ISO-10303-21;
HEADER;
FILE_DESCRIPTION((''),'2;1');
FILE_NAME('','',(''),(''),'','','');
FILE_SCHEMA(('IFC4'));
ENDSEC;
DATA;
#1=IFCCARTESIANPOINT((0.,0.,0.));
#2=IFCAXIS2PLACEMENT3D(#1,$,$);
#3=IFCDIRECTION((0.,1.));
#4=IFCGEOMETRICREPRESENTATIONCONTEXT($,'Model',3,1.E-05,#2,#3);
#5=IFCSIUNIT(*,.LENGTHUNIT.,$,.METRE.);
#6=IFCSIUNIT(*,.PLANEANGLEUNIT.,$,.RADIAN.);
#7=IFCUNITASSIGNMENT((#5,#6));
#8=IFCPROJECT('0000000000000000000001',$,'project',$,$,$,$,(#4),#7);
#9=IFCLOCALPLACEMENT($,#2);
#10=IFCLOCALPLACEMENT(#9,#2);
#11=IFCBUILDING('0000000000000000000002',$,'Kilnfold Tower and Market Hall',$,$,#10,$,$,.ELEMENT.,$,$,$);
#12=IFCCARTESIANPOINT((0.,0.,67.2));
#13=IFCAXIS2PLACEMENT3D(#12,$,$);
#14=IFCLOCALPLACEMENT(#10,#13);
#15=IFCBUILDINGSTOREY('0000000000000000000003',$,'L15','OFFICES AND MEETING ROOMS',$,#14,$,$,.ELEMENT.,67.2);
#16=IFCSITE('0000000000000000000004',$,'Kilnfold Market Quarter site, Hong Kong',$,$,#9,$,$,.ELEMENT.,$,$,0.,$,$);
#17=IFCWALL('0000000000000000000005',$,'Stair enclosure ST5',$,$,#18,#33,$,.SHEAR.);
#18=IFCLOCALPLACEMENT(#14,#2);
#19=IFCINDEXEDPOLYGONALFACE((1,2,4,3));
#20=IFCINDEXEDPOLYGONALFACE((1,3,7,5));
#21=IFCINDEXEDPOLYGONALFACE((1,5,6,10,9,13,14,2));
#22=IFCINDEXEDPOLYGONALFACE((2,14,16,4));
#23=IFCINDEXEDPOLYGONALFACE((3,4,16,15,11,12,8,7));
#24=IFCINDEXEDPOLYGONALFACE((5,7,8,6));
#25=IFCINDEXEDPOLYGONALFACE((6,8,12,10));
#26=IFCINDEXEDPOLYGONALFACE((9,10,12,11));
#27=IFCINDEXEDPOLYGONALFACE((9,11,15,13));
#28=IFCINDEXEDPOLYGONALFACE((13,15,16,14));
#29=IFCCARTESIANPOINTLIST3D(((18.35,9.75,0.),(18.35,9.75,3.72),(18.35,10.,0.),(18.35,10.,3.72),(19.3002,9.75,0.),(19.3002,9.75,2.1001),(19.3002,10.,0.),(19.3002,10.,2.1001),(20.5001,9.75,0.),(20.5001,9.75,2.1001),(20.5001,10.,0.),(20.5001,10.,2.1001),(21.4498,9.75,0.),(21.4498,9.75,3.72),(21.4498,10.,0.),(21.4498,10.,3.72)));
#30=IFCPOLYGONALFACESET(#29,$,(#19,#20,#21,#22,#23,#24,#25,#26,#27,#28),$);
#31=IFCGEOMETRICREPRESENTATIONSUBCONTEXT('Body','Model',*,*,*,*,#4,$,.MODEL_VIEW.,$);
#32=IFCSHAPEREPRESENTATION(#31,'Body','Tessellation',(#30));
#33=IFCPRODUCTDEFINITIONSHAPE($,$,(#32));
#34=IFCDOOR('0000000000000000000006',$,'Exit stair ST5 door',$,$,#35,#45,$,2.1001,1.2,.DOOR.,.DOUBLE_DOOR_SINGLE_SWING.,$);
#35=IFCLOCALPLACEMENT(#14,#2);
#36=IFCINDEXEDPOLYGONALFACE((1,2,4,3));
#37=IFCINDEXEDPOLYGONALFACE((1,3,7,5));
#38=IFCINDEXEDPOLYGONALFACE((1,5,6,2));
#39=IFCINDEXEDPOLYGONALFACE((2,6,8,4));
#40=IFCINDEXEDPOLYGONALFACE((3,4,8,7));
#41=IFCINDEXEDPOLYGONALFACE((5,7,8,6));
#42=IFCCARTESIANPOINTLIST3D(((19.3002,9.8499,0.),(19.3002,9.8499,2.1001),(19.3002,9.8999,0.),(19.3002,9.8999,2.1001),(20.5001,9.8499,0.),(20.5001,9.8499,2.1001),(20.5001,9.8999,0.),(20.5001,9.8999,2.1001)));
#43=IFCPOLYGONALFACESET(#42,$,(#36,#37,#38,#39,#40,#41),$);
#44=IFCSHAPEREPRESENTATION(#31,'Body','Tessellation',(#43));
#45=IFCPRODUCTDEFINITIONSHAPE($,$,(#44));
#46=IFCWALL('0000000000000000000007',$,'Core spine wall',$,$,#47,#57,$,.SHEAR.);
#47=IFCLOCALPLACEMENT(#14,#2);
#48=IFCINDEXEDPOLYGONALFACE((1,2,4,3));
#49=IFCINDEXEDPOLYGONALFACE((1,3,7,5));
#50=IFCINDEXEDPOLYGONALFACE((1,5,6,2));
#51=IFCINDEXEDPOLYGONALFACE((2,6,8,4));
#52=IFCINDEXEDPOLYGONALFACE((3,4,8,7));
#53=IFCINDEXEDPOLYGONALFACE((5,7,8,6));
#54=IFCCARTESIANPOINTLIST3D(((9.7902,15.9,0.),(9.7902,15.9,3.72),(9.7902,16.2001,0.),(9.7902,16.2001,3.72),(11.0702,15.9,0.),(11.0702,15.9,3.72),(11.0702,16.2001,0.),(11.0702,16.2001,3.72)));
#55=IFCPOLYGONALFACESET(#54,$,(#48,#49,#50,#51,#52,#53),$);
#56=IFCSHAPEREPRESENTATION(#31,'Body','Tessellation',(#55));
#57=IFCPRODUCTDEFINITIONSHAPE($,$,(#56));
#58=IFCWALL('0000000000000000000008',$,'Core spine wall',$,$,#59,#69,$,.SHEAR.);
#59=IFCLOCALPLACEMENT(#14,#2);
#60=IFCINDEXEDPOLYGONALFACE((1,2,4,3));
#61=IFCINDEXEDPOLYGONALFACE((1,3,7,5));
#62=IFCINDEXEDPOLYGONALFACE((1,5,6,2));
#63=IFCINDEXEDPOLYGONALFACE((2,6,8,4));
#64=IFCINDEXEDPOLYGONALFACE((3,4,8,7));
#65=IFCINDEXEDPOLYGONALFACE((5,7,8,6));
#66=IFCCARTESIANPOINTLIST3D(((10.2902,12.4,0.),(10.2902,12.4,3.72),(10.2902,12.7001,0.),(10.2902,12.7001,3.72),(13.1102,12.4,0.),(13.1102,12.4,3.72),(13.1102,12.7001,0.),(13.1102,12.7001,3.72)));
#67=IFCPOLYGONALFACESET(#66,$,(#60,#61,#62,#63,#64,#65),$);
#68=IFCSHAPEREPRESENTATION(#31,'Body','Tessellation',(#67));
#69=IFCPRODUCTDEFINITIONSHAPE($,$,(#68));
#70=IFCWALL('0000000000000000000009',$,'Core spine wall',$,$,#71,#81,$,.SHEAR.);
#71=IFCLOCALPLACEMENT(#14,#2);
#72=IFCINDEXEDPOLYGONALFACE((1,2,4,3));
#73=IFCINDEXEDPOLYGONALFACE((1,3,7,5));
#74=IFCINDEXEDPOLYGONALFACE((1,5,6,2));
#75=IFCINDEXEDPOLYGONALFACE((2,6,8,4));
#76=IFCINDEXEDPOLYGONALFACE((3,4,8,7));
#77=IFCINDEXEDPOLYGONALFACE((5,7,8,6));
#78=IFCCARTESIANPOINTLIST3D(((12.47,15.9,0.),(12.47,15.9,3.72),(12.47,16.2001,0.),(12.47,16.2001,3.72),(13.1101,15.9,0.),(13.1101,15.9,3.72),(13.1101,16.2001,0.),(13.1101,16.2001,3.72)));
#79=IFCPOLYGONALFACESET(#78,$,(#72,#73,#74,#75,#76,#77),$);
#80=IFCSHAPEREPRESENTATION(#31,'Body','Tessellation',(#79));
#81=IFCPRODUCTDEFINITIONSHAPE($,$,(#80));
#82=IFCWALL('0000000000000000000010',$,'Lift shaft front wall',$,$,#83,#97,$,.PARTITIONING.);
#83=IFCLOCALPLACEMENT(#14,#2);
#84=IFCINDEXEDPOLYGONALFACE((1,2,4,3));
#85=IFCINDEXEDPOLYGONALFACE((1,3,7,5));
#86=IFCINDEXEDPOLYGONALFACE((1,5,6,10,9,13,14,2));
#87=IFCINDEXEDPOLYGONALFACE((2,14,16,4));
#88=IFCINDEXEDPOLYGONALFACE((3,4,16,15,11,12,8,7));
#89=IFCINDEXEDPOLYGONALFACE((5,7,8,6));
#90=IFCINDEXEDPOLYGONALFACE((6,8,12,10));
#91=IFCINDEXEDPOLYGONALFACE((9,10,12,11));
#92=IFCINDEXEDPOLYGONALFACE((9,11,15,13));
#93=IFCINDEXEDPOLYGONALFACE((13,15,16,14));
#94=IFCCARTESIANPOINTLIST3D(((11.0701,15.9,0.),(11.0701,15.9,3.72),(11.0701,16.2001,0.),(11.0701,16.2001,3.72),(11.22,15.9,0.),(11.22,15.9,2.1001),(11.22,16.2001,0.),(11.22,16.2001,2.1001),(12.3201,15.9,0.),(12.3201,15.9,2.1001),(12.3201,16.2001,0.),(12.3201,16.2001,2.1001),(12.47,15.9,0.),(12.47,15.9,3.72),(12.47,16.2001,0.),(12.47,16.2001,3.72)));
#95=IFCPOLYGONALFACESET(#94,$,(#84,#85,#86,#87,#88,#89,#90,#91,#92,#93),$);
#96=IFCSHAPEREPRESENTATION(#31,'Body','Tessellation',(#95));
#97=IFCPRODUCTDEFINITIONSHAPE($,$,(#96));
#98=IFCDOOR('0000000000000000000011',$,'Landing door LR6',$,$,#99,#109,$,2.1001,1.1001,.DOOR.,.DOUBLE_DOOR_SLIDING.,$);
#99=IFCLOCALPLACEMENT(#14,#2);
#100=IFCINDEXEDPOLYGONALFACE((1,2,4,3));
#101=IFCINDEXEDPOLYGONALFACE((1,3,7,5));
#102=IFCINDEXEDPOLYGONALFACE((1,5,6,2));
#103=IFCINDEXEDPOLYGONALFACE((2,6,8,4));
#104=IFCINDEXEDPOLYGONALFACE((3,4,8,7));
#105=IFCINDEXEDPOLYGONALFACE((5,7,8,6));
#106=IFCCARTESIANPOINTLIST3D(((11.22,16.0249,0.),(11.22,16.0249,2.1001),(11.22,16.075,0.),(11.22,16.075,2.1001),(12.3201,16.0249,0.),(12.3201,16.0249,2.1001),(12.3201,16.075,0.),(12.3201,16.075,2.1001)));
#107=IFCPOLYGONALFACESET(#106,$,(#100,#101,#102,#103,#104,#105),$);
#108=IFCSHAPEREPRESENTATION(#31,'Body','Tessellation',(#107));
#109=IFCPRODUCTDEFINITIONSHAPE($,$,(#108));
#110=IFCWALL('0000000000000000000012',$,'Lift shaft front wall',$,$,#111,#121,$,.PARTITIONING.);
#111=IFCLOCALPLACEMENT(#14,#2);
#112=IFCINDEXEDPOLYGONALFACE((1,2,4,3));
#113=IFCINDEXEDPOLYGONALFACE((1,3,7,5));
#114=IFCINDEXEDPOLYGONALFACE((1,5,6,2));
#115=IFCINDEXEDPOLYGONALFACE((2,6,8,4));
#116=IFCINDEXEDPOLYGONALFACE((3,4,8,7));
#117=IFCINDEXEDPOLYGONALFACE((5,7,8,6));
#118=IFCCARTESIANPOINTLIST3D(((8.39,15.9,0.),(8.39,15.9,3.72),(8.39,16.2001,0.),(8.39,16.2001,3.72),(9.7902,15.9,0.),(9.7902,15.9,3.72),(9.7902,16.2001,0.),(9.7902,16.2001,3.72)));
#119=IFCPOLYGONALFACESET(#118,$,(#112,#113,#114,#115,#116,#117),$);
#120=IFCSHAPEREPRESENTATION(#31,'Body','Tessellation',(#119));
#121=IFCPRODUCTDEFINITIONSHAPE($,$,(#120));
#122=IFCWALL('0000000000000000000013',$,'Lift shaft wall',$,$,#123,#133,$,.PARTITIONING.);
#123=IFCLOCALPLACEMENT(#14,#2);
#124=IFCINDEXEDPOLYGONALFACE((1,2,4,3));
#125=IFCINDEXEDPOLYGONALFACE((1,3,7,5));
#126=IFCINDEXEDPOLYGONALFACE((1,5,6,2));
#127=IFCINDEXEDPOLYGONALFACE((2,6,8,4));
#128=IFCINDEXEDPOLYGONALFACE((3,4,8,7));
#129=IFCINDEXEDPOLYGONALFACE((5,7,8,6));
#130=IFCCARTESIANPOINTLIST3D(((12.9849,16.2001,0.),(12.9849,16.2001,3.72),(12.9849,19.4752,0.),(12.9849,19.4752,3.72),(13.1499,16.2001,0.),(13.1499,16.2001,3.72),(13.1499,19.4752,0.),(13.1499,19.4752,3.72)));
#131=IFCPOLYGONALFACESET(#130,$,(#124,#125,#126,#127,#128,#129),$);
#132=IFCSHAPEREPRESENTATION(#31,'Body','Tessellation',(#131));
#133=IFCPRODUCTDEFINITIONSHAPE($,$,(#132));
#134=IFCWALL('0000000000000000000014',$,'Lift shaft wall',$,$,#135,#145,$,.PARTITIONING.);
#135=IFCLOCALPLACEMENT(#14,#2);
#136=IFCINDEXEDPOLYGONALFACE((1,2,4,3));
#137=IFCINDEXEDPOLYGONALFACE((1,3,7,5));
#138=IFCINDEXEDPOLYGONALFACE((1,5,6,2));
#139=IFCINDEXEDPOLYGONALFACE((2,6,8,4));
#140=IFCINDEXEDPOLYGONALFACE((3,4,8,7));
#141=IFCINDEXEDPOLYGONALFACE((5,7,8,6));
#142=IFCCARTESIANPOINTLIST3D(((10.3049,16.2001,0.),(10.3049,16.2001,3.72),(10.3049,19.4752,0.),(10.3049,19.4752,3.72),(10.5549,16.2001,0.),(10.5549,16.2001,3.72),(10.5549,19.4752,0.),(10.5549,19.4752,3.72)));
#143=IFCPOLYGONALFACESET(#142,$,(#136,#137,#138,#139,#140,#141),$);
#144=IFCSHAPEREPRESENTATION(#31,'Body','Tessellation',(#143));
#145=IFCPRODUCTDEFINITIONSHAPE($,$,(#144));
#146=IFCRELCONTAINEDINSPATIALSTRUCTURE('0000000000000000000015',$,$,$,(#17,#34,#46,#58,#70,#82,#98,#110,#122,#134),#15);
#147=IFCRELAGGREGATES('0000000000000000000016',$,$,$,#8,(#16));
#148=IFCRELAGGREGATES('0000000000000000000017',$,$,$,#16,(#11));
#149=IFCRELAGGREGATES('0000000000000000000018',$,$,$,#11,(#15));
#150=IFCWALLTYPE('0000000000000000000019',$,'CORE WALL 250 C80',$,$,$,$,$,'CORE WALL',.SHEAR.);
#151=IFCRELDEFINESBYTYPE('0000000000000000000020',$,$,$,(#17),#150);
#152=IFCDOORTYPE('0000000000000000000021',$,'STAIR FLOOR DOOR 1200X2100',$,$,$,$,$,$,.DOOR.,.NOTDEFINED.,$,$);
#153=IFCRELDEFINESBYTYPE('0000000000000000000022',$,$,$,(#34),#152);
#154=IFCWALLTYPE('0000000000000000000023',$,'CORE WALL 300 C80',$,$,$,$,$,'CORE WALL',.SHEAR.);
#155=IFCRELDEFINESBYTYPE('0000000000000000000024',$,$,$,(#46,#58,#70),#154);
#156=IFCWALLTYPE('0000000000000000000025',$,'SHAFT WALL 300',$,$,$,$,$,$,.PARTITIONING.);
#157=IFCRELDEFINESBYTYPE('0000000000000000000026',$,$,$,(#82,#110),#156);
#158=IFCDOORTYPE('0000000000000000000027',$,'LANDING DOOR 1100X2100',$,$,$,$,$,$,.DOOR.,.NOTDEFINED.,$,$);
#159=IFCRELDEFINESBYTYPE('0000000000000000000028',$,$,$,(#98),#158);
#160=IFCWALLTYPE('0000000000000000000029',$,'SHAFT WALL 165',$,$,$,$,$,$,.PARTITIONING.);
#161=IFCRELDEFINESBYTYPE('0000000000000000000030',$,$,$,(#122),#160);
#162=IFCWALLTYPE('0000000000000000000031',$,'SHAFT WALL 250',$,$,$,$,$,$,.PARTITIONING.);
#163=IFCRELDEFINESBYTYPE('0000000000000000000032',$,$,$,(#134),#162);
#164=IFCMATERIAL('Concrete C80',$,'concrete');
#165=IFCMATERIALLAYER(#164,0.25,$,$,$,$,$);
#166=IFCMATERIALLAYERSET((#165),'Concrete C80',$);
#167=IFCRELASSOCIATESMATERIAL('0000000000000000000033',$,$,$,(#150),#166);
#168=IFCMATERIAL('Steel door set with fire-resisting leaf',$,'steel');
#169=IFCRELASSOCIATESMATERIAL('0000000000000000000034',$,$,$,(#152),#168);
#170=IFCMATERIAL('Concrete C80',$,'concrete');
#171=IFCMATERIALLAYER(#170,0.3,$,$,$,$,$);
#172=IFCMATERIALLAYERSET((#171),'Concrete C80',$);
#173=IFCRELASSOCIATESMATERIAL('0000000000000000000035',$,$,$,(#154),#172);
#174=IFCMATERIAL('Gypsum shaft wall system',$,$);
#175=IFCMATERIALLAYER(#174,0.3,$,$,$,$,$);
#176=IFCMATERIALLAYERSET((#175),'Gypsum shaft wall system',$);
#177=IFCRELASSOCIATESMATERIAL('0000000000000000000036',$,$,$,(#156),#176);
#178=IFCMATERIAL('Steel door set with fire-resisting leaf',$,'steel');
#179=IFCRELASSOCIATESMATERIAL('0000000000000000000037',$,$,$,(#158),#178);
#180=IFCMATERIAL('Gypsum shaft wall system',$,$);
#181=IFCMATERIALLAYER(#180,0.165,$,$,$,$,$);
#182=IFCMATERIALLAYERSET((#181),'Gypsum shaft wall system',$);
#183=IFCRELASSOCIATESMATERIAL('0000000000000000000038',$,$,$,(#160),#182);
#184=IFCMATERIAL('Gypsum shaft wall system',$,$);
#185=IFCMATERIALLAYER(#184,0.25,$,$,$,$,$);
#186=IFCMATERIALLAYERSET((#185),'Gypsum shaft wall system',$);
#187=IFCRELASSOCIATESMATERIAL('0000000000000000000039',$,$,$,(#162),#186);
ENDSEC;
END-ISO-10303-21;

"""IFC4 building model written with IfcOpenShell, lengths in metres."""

from ifc_helpers import new_model, si_unit, direction, frame, frame_2d, origin, place, context, subcontext, project, spatial, rectangle, extrude, source, transform, mapped, material, layer, layer_set, type_object, element, fill, save


model = new_model("IFC4")

# Units and contexts
model_context = context("Model", 3, precision=1e-05, world=origin(), true_north=direction((0.0, 1.0)))
body_context = subcontext(model_context, "Body", "Model", "MODEL_VIEW")
ifc_project = project(units=[si_unit("LENGTHUNIT", "METRE"), si_unit("PLANEANGLEUNIT", "RADIAN")], contexts=[model_context])

# Site, building, storey
site_placement = place(None, origin())
site = spatial("IfcSite", under=ifc_project, at=site_placement, Name="Kilnfold Market Quarter site, Hong Kong", CompositionType="ELEMENT", RefElevation=0.0)
building_placement = place(site_placement, origin())
building = spatial("IfcBuilding", under=site, at=building_placement, Name="Kilnfold Tower and Market Hall", CompositionType="ELEMENT")
storey_placement = place(building_placement, frame((0.0, 0.0, 67.2)))
storey = spatial("IfcBuildingStorey", under=building, at=storey_placement, Name="L15", Description="OFFICES AND MEETING ROOMS", CompositionType="ELEMENT", Elevation=67.2)

# Wall, opening, door
ifc_material_1 = material(Name="Concrete C80", Category="concrete")
ifc_layer_1 = layer(ifc_material_1, 0.25)
ifc_layer_set_1 = layer_set([ifc_layer_1], Name="Concrete C80")
wall_type_1 = type_object("IfcWallType", Name="CORE WALL 250 C80", ElementType="CORE WALL", PredefinedType="SHEAR", material=ifc_layer_set_1)
shared_shape_1 = source(origin(), body_context, "Body", "SweptSolid", [
    extrude(rectangle(XDim=3.0999, YDim=0.25, at=frame_2d((1.5498, 0.0))), origin(), (0.0, 0.0, 1.0), 3.72),
])
wall_1_placement = place(storey_placement, frame((18.3501, 9.875, 0.0), z_axis=(0.0, 0.0, 1.0), x_axis=(1.0, 0.0, 0.0)))
wall_1 = element("IfcWall", 1, at=wall_1_placement, inside=storey, type_object=wall_type_1, Name="Stair enclosure ST5", PredefinedType="SHEAR", context=body_context, shape_type="MappedRepresentation", body=[
    mapped(shared_shape_1, transform((0.0, 0.0, 0.0))),
])
opening_1_placement = place(wall_1_placement, frame((0.95, 0.0, 0.0)))
opening_1 = element("IfcOpeningElement", 2, at=opening_1_placement, cuts=wall_1, PredefinedType="OPENING", context=body_context, shape_type="SweptSolid", body=[
    extrude(rectangle(XDim=1.2, YDim=2.1001, at=frame_2d((0.6001, 1.05))), frame((0.0, 0.135, 0.0), z_axis=(0.0, -1.0, 0.0), x_axis=(1.0, 0.0, 0.0)), (0.0, 0.0, 1.0), 0.27),
])
ifc_material_2 = material(Name="Steel door set with fire-resisting leaf", Category="steel")
door_type_1 = type_object("IfcDoorType", Name="STAIR FLOOR DOOR 1200X2100", OperationType="NOTDEFINED", PredefinedType="DOOR", material=ifc_material_2)
door_1_placement = place(opening_1_placement, origin())
door_1 = element("IfcDoor", 3, at=door_1_placement, inside=storey, type_object=door_type_1, Name="Exit stair ST5 door", OperationType="DOUBLE_DOOR_SINGLE_SWING", OverallHeight=2.1001, OverallWidth=1.2, PredefinedType="DOOR", context=body_context, shape_type="SweptSolid", body=[
    extrude(rectangle(XDim=1.2, YDim=2.1001, at=frame_2d((0.6001, 1.05))), frame((0.0, 0.0249, 0.0), z_axis=(0.0, -1.0, 0.0), x_axis=(1.0, 0.0, 0.0)), (0.0, 0.0, 1.0), 0.05),
])
fill(opening_1, door_1)

# Walls
ifc_material_3 = material(Name="Concrete C80", Category="concrete")
ifc_layer_2 = layer(ifc_material_3, 0.3)
ifc_layer_set_2 = layer_set([ifc_layer_2], Name="Concrete C80")
wall_type_2 = type_object("IfcWallType", Name="CORE WALL 300 C80", ElementType="CORE WALL", PredefinedType="SHEAR", material=ifc_layer_set_2)
shared_shape_2 = source(origin(), body_context, "Body", "SweptSolid", [
    extrude(rectangle(XDim=1.28, YDim=0.3, at=frame_2d((0.6401, 0.0))), origin(), (0.0, 0.0, 1.0), 3.72),
])
wall_2_placement = place(storey_placement, frame((9.79, 16.05, 0.0), z_axis=(0.0, 0.0, 1.0), x_axis=(1.0, 0.0, 0.0)))
element("IfcWall", 4, at=wall_2_placement, inside=storey, type_object=wall_type_2, Name="Core spine wall", PredefinedType="SHEAR", context=body_context, shape_type="MappedRepresentation", body=[
    mapped(shared_shape_2, transform((0.0, 0.0, 0.0))),
])
shared_shape_3 = source(origin(), body_context, "Body", "SweptSolid", [
    extrude(rectangle(XDim=2.8201, YDim=0.3, at=frame_2d((1.4102, 0.0))), origin(), (0.0, 0.0, 1.0), 3.72),
])
wall_3_placement = place(storey_placement, frame((10.29, 12.55, 0.0), z_axis=(0.0, 0.0, 1.0), x_axis=(1.0, 0.0, 0.0)))
element("IfcWall", 5, at=wall_3_placement, inside=storey, type_object=wall_type_2, Name="Core spine wall", PredefinedType="SHEAR", context=body_context, shape_type="MappedRepresentation", body=[
    mapped(shared_shape_3, transform((0.0, 0.0, 0.0))),
])
shared_shape_4 = source(origin(), body_context, "Body", "SweptSolid", [
    extrude(rectangle(XDim=0.6401, YDim=0.3, at=frame_2d((0.3201, 0.0))), origin(), (0.0, 0.0, 1.0), 3.72),
])
wall_4_placement = place(storey_placement, frame((12.47, 16.05, 0.0), z_axis=(0.0, 0.0, 1.0), x_axis=(1.0, 0.0, 0.0)))
element("IfcWall", 6, at=wall_4_placement, inside=storey, type_object=wall_type_2, Name="Core spine wall", PredefinedType="SHEAR", context=body_context, shape_type="MappedRepresentation", body=[
    mapped(shared_shape_4, transform((0.0, 0.0, 0.0))),
])

# Wall, opening, door
ifc_material_4 = material(Name="Gypsum shaft wall system")
ifc_layer_3 = layer(ifc_material_4, 0.3)
ifc_layer_set_3 = layer_set([ifc_layer_3], Name="Gypsum shaft wall system")
wall_type_3 = type_object("IfcWallType", Name="SHAFT WALL 300", PredefinedType="PARTITIONING", material=ifc_layer_set_3)
shared_shape_5 = source(origin(), body_context, "Body", "SweptSolid", [
    extrude(rectangle(XDim=1.3999, YDim=0.3, at=frame_2d((0.7, 0.0))), origin(), (0.0, 0.0, 1.0), 3.72),
])
wall_5_placement = place(storey_placement, frame((11.0701, 16.05, 0.0), z_axis=(0.0, 0.0, 1.0), x_axis=(1.0, 0.0, 0.0)))
wall_5 = element("IfcWall", 7, at=wall_5_placement, inside=storey, type_object=wall_type_3, Name="Lift shaft front wall", PredefinedType="PARTITIONING", context=body_context, shape_type="MappedRepresentation", body=[
    mapped(shared_shape_5, transform((0.0, 0.0, 0.0))),
])
opening_2_placement = place(wall_5_placement, frame((0.1499, 0.0, 0.0)))
opening_2 = element("IfcOpeningElement", 8, at=opening_2_placement, cuts=wall_5, PredefinedType="OPENING", context=body_context, shape_type="SweptSolid", body=[
    extrude(rectangle(XDim=1.1001, YDim=2.1001, at=frame_2d((0.55, 1.05))), frame((0.0, 0.1602, 0.0), z_axis=(0.0, -1.0, 0.0), x_axis=(1.0, 0.0, 0.0)), (0.0, 0.0, 1.0), 0.3201),
])
ifc_material_5 = material(Name="Steel door set with fire-resisting leaf", Category="steel")
door_type_2 = type_object("IfcDoorType", Name="LANDING DOOR 1100X2100", OperationType="NOTDEFINED", PredefinedType="DOOR", material=ifc_material_5)
door_2_placement = place(opening_2_placement, origin())
door_2 = element("IfcDoor", 9, at=door_2_placement, inside=storey, type_object=door_type_2, Name="Landing door LR6", OperationType="DOUBLE_DOOR_SLIDING", OverallHeight=2.1001, OverallWidth=1.1001, PredefinedType="DOOR", context=body_context, shape_type="SweptSolid", body=[
    extrude(rectangle(XDim=1.1001, YDim=2.1001, at=frame_2d((0.55, 1.05))), frame((0.0, 0.0249, 0.0), z_axis=(0.0, -1.0, 0.0), x_axis=(1.0, 0.0, 0.0)), (0.0, 0.0, 1.0), 0.05),
])
fill(opening_2, door_2)

# Walls
shared_shape_6 = source(origin(), body_context, "Body", "SweptSolid", [
    extrude(rectangle(XDim=1.4001, YDim=0.3, at=frame_2d((0.7002, 0.0))), origin(), (0.0, 0.0, 1.0), 3.72),
])
wall_6_placement = place(storey_placement, frame((8.3899, 16.05, 0.0), z_axis=(0.0, 0.0, 1.0), x_axis=(1.0, 0.0, 0.0)))
element("IfcWall", 10, at=wall_6_placement, inside=storey, type_object=wall_type_3, Name="Lift shaft front wall", PredefinedType="PARTITIONING", context=body_context, shape_type="MappedRepresentation", body=[
    mapped(shared_shape_6, transform((0.0, 0.0, 0.0))),
])
ifc_material_6 = material(Name="Gypsum shaft wall system")
ifc_layer_4 = layer(ifc_material_6, 0.165)
ifc_layer_set_4 = layer_set([ifc_layer_4], Name="Gypsum shaft wall system")
wall_type_4 = type_object("IfcWallType", Name="SHAFT WALL 165", PredefinedType="PARTITIONING", material=ifc_layer_set_4)
shared_shape_7 = source(origin(), body_context, "Body", "SweptSolid", [
    extrude(rectangle(XDim=3.2751, YDim=0.165, at=frame_2d((1.6377, 0.0))), origin(), (0.0, 0.0, 1.0), 3.72),
])
wall_7_placement = place(storey_placement, frame((13.0674, 16.2, 0.0), z_axis=(0.0, 0.0, 1.0), x_axis=(0.0, 1.0, 0.0)))
element("IfcWall", 11, at=wall_7_placement, inside=storey, type_object=wall_type_4, Name="Lift shaft wall", PredefinedType="PARTITIONING", context=body_context, shape_type="MappedRepresentation", body=[
    mapped(shared_shape_7, transform((0.0, 0.0, 0.0))),
])
ifc_material_7 = material(Name="Gypsum shaft wall system")
ifc_layer_5 = layer(ifc_material_7, 0.25)
ifc_layer_set_5 = layer_set([ifc_layer_5], Name="Gypsum shaft wall system")
wall_type_5 = type_object("IfcWallType", Name="SHAFT WALL 250", PredefinedType="PARTITIONING", material=ifc_layer_set_5)
shared_shape_8 = source(origin(), body_context, "Body", "SweptSolid", [
    extrude(rectangle(XDim=3.2751, YDim=0.25, at=frame_2d((1.6377, 0.0))), origin(), (0.0, 0.0, 1.0), 3.72),
])
wall_8_placement = place(storey_placement, frame((10.4299, 16.2, 0.0), z_axis=(0.0, 0.0, 1.0), x_axis=(0.0, 1.0, 0.0)))
element("IfcWall", 12, at=wall_8_placement, inside=storey, type_object=wall_type_5, Name="Lift shaft wall", PredefinedType="PARTITIONING", context=body_context, shape_type="MappedRepresentation", body=[
    mapped(shared_shape_8, transform((0.0, 0.0, 0.0))),
])

save(model, "model.ifc")
